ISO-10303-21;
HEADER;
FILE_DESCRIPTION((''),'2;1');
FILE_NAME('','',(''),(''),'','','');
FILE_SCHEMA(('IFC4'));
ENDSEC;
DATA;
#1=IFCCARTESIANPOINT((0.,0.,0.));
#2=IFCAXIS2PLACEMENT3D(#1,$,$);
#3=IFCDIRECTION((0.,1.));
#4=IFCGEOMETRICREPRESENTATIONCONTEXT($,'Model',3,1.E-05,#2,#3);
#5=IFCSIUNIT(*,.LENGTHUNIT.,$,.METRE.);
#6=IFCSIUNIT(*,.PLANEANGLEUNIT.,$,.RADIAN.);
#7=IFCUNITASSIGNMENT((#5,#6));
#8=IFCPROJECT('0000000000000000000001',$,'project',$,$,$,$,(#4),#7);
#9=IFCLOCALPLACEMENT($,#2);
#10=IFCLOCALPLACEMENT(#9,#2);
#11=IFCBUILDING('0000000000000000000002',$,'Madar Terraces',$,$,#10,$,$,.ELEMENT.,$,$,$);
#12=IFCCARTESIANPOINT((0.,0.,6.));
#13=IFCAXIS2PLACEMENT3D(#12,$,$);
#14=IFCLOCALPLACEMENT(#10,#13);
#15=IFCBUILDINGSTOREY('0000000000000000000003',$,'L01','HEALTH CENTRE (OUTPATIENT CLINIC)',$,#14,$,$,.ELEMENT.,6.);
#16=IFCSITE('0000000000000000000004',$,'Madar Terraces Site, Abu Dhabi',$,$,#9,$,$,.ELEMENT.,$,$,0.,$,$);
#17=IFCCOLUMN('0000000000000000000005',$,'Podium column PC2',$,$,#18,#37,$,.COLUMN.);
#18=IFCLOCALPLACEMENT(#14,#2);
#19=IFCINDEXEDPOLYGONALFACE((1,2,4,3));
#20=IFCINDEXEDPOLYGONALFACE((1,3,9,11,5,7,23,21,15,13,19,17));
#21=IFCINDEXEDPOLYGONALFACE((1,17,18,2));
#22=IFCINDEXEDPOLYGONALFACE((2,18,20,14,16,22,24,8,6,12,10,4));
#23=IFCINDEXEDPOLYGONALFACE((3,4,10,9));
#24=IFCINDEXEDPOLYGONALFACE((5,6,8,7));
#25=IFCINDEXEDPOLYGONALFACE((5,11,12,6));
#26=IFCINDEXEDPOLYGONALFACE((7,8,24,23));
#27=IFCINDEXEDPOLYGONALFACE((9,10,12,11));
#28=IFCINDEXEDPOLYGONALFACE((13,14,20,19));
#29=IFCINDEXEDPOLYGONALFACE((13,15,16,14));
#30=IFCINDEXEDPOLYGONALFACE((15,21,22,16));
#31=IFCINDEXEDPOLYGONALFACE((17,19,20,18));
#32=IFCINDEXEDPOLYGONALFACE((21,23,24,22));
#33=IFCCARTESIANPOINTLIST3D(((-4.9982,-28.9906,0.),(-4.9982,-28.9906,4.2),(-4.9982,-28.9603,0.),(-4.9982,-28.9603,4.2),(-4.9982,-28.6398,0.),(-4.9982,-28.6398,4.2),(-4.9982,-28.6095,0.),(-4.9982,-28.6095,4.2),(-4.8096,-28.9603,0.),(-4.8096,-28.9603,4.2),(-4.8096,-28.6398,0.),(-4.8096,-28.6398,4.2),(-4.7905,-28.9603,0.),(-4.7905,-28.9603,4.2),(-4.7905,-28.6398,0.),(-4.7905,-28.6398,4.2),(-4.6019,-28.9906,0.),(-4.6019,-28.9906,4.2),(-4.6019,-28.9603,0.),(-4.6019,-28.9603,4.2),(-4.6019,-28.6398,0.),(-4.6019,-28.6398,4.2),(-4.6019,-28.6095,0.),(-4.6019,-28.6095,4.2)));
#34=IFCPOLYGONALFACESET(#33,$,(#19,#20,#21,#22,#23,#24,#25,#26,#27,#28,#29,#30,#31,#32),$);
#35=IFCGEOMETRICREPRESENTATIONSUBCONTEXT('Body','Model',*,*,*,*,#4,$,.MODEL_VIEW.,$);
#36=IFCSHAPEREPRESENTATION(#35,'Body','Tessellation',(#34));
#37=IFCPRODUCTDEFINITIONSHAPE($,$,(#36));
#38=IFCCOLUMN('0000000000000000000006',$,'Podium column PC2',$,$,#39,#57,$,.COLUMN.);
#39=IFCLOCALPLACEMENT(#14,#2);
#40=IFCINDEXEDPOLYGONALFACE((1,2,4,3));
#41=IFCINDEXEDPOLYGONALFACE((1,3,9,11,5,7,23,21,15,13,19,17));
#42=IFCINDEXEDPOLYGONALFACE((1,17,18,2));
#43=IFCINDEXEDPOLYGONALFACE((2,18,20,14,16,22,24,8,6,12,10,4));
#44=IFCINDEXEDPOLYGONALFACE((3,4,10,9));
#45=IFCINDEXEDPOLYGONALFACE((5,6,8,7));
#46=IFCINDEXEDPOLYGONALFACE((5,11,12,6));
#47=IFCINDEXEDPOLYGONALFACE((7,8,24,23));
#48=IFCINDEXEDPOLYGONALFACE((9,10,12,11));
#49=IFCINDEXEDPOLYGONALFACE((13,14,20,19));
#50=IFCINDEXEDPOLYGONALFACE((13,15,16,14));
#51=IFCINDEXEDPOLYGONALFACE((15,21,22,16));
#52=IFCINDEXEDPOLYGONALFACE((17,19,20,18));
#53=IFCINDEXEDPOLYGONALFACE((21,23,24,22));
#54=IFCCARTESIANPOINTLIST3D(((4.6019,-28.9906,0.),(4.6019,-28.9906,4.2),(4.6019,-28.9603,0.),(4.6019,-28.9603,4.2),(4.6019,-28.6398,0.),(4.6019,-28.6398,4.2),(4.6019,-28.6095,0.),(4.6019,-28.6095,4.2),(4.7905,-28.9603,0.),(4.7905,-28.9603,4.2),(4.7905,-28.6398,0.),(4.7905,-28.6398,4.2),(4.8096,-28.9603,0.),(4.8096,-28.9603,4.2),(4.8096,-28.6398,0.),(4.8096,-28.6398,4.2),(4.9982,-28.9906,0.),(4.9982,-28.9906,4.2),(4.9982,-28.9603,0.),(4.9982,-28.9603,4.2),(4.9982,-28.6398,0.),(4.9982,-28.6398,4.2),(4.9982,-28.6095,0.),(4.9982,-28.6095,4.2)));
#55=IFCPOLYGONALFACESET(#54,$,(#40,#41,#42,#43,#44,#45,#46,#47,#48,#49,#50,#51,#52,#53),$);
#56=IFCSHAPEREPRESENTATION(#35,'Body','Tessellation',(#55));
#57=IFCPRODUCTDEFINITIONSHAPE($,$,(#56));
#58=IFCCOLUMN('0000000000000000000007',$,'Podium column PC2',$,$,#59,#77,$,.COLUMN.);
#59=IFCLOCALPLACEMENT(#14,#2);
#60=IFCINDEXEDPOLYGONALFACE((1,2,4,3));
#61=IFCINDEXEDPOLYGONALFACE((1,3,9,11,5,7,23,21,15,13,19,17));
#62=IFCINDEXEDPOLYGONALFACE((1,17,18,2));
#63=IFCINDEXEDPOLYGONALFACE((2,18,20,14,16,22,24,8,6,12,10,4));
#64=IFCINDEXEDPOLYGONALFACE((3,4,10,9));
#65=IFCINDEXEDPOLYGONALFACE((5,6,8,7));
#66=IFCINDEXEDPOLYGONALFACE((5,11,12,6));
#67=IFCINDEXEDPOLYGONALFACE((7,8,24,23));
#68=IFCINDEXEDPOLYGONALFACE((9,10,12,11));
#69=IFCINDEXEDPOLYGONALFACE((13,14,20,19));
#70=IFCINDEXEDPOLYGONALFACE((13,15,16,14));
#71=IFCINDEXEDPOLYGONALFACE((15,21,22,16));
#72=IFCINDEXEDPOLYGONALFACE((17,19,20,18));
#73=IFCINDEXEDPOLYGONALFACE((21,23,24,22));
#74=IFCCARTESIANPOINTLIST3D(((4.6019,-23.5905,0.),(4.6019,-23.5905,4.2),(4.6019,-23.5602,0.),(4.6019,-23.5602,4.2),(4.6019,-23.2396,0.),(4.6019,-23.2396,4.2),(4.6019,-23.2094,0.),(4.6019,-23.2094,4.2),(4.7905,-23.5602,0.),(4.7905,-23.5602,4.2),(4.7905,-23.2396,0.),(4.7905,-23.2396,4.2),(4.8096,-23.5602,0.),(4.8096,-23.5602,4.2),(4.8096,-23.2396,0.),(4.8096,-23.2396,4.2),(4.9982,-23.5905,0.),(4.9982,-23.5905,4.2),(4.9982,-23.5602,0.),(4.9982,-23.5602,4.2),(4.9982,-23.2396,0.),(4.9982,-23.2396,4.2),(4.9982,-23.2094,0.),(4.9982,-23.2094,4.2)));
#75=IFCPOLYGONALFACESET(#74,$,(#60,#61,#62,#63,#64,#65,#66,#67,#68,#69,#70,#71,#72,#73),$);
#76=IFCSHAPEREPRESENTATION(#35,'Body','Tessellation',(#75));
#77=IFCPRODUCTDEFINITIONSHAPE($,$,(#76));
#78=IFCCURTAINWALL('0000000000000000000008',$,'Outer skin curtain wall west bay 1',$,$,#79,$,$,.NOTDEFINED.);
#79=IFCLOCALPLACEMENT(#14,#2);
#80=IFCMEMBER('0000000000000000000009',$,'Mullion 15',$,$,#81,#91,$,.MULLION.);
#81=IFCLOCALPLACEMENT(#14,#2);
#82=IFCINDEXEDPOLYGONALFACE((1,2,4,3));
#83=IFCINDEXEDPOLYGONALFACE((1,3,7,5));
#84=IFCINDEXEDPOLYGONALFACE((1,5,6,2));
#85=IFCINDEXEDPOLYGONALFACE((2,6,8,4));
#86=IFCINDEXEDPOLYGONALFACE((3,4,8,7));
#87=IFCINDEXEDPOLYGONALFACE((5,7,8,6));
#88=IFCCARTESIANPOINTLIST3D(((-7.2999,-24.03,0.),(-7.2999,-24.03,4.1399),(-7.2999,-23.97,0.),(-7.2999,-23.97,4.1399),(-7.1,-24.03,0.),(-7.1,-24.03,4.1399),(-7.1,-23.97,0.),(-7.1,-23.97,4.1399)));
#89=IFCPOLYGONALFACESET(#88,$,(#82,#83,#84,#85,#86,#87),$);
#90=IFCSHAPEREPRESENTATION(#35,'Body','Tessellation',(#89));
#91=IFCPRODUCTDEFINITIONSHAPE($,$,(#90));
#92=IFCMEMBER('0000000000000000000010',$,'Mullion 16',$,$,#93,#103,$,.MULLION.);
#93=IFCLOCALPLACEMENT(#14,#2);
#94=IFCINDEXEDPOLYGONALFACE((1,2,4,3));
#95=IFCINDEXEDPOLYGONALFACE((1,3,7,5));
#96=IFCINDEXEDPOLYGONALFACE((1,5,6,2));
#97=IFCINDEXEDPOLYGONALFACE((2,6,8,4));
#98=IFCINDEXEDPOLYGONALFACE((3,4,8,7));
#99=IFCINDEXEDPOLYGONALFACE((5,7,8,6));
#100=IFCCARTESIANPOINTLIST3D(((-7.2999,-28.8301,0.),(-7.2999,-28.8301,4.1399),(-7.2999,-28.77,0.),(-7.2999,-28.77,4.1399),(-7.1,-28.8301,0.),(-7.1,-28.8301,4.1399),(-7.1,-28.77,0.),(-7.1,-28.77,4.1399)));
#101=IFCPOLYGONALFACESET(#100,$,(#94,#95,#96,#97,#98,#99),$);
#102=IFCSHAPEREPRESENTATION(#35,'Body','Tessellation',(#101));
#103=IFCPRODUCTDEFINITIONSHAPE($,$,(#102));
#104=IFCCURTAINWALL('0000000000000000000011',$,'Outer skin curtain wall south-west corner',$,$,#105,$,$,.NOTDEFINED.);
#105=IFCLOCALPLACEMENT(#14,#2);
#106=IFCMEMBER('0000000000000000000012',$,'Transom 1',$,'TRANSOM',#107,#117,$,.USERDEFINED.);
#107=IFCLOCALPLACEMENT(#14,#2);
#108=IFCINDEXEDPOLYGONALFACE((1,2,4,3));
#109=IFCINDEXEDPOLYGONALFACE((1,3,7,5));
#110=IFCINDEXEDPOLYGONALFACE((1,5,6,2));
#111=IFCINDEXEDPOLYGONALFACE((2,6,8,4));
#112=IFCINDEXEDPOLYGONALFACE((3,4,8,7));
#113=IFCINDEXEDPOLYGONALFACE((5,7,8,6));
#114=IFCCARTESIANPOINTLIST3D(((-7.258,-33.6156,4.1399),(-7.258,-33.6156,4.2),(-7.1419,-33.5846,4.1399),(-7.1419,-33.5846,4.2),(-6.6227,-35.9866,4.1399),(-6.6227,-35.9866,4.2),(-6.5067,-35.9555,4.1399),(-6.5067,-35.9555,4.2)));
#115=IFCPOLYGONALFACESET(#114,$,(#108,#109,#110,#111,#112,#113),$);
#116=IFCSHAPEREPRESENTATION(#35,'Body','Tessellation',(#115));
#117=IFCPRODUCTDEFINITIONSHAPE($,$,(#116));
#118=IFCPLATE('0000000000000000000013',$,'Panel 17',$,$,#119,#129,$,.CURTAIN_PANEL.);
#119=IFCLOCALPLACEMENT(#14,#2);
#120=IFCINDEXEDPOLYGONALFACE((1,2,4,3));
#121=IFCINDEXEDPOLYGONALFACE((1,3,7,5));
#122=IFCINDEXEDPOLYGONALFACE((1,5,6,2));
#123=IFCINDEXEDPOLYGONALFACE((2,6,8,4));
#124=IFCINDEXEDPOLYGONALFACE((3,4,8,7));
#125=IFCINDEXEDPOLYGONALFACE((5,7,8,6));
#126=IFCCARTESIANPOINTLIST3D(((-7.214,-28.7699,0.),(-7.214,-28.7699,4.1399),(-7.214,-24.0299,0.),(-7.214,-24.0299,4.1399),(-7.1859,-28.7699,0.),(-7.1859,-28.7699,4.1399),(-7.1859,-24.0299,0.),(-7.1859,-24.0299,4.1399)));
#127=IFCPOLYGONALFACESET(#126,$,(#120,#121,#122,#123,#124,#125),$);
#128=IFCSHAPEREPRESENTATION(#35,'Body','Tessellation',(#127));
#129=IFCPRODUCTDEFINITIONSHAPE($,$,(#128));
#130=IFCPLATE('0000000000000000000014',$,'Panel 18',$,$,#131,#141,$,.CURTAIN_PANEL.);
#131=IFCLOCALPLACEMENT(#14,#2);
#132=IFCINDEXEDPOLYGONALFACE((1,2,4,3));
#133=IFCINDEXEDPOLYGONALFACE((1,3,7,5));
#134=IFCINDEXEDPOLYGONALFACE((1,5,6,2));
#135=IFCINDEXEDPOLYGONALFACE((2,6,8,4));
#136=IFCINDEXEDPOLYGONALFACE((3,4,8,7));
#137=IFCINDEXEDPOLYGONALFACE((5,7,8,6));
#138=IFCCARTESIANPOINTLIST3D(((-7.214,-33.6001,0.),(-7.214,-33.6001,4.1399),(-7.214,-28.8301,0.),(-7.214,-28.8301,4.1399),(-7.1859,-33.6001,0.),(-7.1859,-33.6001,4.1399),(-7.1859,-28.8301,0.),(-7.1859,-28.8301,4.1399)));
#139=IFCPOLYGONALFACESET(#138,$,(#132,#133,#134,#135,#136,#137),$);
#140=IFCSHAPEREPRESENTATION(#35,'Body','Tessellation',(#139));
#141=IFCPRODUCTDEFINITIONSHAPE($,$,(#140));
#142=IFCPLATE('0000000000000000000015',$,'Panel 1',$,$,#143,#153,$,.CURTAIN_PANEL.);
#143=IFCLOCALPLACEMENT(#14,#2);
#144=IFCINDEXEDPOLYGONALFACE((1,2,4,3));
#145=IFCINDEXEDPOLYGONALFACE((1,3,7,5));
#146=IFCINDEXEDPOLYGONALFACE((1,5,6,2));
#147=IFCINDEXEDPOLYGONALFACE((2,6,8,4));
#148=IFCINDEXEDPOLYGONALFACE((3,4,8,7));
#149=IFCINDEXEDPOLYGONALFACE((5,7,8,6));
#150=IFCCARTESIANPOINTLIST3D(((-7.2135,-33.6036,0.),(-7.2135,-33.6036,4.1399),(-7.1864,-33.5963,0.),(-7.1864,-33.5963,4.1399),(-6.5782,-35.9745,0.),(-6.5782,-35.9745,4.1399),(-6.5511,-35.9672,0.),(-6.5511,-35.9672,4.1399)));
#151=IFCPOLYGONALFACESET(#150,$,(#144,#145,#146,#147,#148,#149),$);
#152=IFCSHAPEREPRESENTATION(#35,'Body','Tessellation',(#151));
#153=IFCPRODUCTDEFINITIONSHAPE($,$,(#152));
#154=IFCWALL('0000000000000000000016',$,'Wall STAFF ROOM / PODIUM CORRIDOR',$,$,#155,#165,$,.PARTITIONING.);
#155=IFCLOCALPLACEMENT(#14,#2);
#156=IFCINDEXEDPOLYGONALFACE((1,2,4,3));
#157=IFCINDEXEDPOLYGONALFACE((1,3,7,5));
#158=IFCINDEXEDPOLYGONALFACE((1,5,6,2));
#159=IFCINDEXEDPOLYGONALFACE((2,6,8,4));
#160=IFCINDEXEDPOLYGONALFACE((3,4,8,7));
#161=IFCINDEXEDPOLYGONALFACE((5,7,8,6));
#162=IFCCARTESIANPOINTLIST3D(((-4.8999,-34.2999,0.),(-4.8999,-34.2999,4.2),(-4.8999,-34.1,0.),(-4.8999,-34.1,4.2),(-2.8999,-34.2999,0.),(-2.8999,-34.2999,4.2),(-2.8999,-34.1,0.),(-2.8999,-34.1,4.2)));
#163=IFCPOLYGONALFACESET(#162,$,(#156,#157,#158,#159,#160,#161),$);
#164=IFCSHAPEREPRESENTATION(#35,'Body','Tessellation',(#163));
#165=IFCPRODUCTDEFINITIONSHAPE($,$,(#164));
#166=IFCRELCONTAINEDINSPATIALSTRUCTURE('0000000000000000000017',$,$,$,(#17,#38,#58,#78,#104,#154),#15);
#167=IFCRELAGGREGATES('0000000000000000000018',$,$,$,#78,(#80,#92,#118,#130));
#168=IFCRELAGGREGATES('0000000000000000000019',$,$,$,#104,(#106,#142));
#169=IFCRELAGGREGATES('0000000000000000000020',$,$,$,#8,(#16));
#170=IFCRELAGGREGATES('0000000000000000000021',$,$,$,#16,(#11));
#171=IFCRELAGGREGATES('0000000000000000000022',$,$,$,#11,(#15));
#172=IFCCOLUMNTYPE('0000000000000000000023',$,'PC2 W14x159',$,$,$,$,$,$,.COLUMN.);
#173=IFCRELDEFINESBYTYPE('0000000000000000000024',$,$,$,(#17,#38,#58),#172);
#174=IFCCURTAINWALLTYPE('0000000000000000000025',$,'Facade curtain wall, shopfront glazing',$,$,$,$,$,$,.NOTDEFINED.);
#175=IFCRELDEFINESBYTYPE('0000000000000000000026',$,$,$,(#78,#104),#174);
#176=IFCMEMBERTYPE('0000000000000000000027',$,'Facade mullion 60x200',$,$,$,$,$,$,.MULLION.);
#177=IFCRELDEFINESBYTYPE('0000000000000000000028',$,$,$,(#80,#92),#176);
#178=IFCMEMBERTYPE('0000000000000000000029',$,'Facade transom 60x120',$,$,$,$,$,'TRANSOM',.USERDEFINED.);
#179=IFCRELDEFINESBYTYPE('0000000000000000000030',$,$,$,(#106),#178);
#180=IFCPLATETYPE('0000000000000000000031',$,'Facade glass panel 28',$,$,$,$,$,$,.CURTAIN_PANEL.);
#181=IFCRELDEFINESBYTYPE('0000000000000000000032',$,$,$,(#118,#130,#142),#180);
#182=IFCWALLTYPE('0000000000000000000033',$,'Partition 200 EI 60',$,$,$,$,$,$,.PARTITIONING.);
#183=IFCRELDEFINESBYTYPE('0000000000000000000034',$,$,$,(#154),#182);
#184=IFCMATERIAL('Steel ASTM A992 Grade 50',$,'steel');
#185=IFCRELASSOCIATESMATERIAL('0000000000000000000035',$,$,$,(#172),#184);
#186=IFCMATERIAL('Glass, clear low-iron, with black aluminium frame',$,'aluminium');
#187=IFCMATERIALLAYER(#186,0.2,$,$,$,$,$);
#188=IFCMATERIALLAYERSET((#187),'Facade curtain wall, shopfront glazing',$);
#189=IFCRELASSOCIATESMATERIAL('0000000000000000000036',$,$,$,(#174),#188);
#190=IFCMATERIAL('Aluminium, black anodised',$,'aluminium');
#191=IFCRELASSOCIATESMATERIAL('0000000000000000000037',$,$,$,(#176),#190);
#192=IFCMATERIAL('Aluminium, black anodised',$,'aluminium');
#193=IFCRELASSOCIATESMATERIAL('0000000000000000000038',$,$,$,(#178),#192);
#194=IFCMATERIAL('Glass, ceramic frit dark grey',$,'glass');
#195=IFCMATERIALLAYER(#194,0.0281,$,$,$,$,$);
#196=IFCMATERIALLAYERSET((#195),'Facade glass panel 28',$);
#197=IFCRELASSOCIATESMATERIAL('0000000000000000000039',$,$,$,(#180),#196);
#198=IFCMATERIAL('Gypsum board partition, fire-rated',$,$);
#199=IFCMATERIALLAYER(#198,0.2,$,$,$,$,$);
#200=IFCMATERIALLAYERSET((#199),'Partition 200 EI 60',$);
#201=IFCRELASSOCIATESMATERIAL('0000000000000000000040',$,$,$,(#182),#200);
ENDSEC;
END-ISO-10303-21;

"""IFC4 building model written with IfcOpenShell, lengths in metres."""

from ifc_helpers import new_model, si_unit, direction, frame, frame_2d, origin, origin_2d, place, context, subcontext, project, spatial, rectangle, i_section, extrude, material, layer, layer_set, material_profile, profile_set, type_object, element, aggregate, save


model = new_model("IFC4")

# Units and contexts
model_context = context("Model", 3, precision=1e-05, world=origin(), true_north=direction((0.0, 1.0)))
body_context = subcontext(model_context, "Body", "Model", "MODEL_VIEW")
ifc_project = project(units=[si_unit("LENGTHUNIT", "METRE"), si_unit("PLANEANGLEUNIT", "RADIAN")], contexts=[model_context])

# Site, building, storey
site_placement = place(None, origin())
site = spatial("IfcSite", under=ifc_project, at=site_placement, Name="Madar Terraces Site, Abu Dhabi", CompositionType="ELEMENT", RefElevation=0.0)
building_placement = place(site_placement, origin())
building = spatial("IfcBuilding", under=site, at=building_placement, Name="Madar Terraces", CompositionType="ELEMENT")
storey_placement = place(building_placement, frame((0.0, 0.0, 6.0)))
storey = spatial("IfcBuildingStorey", under=building, at=storey_placement, Name="L01", Description="HEALTH CENTRE (OUTPATIENT CLINIC)", CompositionType="ELEMENT", Elevation=6.0)

# Columns
ifc_material_1 = material(Name="Steel ASTM A992 Grade 50", Category="steel")
ifc_material_profile_1 = material_profile(ifc_material_1, i_section(OverallWidth=0.3962, OverallDepth=0.3811, WebThickness=0.019, FlangeThickness=0.0303, at=origin_2d()), Name="W14x159")
ifc_profile_set_1 = profile_set([ifc_material_profile_1], Name="Steel ASTM A992 Grade 50")
column_type = type_object("IfcColumnType", Name="PC2 W14x159", PredefinedType="COLUMN", material=ifc_profile_set_1)
for number, where, z_axis, x_axis, name in (
    (1, (-4.8, -28.8, 0.0), (0.0, 0.0, 1.0), (1.0, 0.0, 0.0), "Podium column PC2"),
    (2, (4.8, -28.8, 0.0), (0.0, 0.0, 1.0), (1.0, 0.0, 0.0), "Podium column PC2"),
    (3, (4.8, -23.3999, 0.0), (0.0, 0.0, 1.0), (1.0, 0.0, 0.0), "Podium column PC2"),
):
    element("IfcColumn", number, at=place(storey_placement, frame(where, z_axis=z_axis, x_axis=x_axis)), inside=storey, type_object=column_type, Name=name, PredefinedType="COLUMN", context=body_context, shape_type="SweptSolid", body=[
        extrude(i_section(OverallWidth=0.3962, OverallDepth=0.3811, WebThickness=0.019, FlangeThickness=0.0303, at=origin_2d()), origin(), (0.0, 0.0, 1.0), 4.2),
    ])

# Curtain wall, members
ifc_material_2 = material(Name="Glass, clear low-iron, with black aluminium frame", Category="aluminium")
ifc_layer_1 = layer(ifc_material_2, 0.2)
ifc_layer_set_1 = layer_set([ifc_layer_1], Name="Facade curtain wall, shopfront glazing")
curtain_wall_type = type_object("IfcCurtainWallType", Name="Facade curtain wall, shopfront glazing", PredefinedType="NOTDEFINED", material=ifc_layer_set_1)
curtain_wall_1_placement = place(storey_placement, origin())
curtain_wall_1 = element("IfcCurtainWall", 4, at=curtain_wall_1_placement, inside=storey, type_object=curtain_wall_type, Name="Outer skin curtain wall west bay 1", PredefinedType="NOTDEFINED")
ifc_material_3 = material(Name="Aluminium, black anodised", Category="aluminium")
ifc_material_profile_2 = material_profile(ifc_material_3, rectangle(XDim=0.2, YDim=0.0601, at=origin_2d()), Name="Facade mullion 60x200")
ifc_profile_set_2 = profile_set([ifc_material_profile_2], Name="Aluminium, black anodised")
member_type_1 = type_object("IfcMemberType", Name="Facade mullion 60x200", PredefinedType="MULLION", material=ifc_profile_set_2)
member_1_placement = place(storey_placement, frame((-7.2, -24.0, 0.0), z_axis=(0.0, 0.0, 1.0), x_axis=(1.0, 0.0, 0.0)))
member_1 = element("IfcMember", 5, at=member_1_placement, type_object=member_type_1, Name="Mullion 15", PredefinedType="MULLION", context=body_context, shape_type="SweptSolid", body=[
    extrude(rectangle(XDim=0.2, YDim=0.0601, at=origin_2d()), origin(), (0.0, 0.0, 1.0), 4.1399),
])
member_2_placement = place(storey_placement, frame((-7.2, -28.8, 0.0), z_axis=(0.0, 0.0, 1.0), x_axis=(1.0, 0.0, 0.0)))
member_2 = element("IfcMember", 6, at=member_2_placement, type_object=member_type_1, Name="Mullion 16", PredefinedType="MULLION", context=body_context, shape_type="SweptSolid", body=[
    extrude(rectangle(XDim=0.2, YDim=0.0601, at=origin_2d()), origin(), (0.0, 0.0, 1.0), 4.1399),
])

# Curtain wall, member
curtain_wall_2_placement = place(storey_placement, origin())
curtain_wall_2 = element("IfcCurtainWall", 7, at=curtain_wall_2_placement, inside=storey, type_object=curtain_wall_type, Name="Outer skin curtain wall south-west corner", PredefinedType="NOTDEFINED")
ifc_material_4 = material(Name="Aluminium, black anodised", Category="aluminium")
ifc_material_profile_3 = material_profile(ifc_material_4, rectangle(XDim=0.1201, YDim=0.0601, at=origin_2d()), Name="Facade transom 60x120")
ifc_profile_set_3 = profile_set([ifc_material_profile_3], Name="Aluminium, black anodised")
member_type_2 = type_object("IfcMemberType", Name="Facade transom 60x120", ElementType="TRANSOM", PredefinedType="USERDEFINED", material=ifc_profile_set_3)
member_3_placement = place(storey_placement, frame((-7.2, -33.6001, 4.1699), z_axis=(0.258814, -0.965927, 0.0), x_axis=(0.965927, 0.258814, 0.0)))
member_3 = element("IfcMember", 8, at=member_3_placement, type_object=member_type_2, Name="Transom 1", ObjectType="TRANSOM", PredefinedType="USERDEFINED", context=body_context, shape_type="SweptSolid", body=[
    extrude(rectangle(XDim=0.1201, YDim=0.0601, at=origin_2d()), origin(), (0.0, 0.0, 1.0), 2.4546),
])

# Plates
ifc_material_5 = material(Name="Glass, ceramic frit dark grey", Category="glass")
ifc_layer_2 = layer(ifc_material_5, 0.0281)
ifc_layer_set_2 = layer_set([ifc_layer_2], Name="Facade glass panel 28")
plate_type = type_object("IfcPlateType", Name="Facade glass panel 28", PredefinedType="CURTAIN_PANEL", material=ifc_layer_set_2)
plate_1_placement = place(storey_placement, frame((-7.2, -26.3999, 0.0), z_axis=(0.0, 0.0, 1.0), x_axis=(0.0, -1.0, 0.0)))
plate_1 = element("IfcPlate", 9, at=plate_1_placement, type_object=plate_type, Name="Panel 17", PredefinedType="CURTAIN_PANEL", context=body_context, shape_type="SweptSolid", body=[
    extrude(rectangle(XDim=4.74, YDim=0.0281, at=origin_2d()), origin(), (0.0, 0.0, 1.0), 4.1399),
])
plate_2_placement = place(storey_placement, frame((-7.2, -31.2151, 0.0), z_axis=(0.0, 0.0, 1.0), x_axis=(0.0, -1.0, 0.0)))
plate_2 = element("IfcPlate", 10, at=plate_2_placement, type_object=plate_type, Name="Panel 18", PredefinedType="CURTAIN_PANEL", context=body_context, shape_type="SweptSolid", body=[
    extrude(rectangle(XDim=4.77, YDim=0.0281, at=origin_2d()), origin(), (0.0, 0.0, 1.0), 4.1399),
])
aggregate(curtain_wall_1, [member_1, member_2, plate_1, plate_2])
plate_3_placement = place(storey_placement, frame((-6.8823, -34.7854, 0.0), z_axis=(0.0, 0.0, 1.0), x_axis=(0.258819, -0.965926, 0.0)))
plate_3 = element("IfcPlate", 11, at=plate_3_placement, type_object=plate_type, Name="Panel 1", PredefinedType="CURTAIN_PANEL", context=body_context, shape_type="SweptSolid", body=[
    extrude(rectangle(XDim=2.4546, YDim=0.0281, at=origin_2d()), origin(), (0.0, 0.0, 1.0), 4.1399),
])
aggregate(curtain_wall_2, [member_3, plate_3])

# Wall
ifc_material_6 = material(Name="Gypsum board partition, fire-rated")
ifc_layer_3 = layer(ifc_material_6, 0.2)
ifc_layer_set_3 = layer_set([ifc_layer_3], Name="Partition 200 EI 60")
wall_type = type_object("IfcWallType", Name="Partition 200 EI 60", PredefinedType="PARTITIONING", material=ifc_layer_set_3)
wall_1_placement = place(storey_placement, frame((-4.8999, -34.2, 0.0), z_axis=(0.0, 0.0, 1.0), x_axis=(1.0, 0.0, 0.0)))
element("IfcWall", 12, at=wall_1_placement, inside=storey, type_object=wall_type, Name="Wall STAFF ROOM / PODIUM CORRIDOR", PredefinedType="PARTITIONING", context=body_context, shape_type="SweptSolid", body=[
    extrude(rectangle(XDim=2.0, YDim=0.2, at=frame_2d((1.0, 0.0))), origin(), (0.0, 0.0, 1.0), 4.2),
])

save(model, "model.ifc")
